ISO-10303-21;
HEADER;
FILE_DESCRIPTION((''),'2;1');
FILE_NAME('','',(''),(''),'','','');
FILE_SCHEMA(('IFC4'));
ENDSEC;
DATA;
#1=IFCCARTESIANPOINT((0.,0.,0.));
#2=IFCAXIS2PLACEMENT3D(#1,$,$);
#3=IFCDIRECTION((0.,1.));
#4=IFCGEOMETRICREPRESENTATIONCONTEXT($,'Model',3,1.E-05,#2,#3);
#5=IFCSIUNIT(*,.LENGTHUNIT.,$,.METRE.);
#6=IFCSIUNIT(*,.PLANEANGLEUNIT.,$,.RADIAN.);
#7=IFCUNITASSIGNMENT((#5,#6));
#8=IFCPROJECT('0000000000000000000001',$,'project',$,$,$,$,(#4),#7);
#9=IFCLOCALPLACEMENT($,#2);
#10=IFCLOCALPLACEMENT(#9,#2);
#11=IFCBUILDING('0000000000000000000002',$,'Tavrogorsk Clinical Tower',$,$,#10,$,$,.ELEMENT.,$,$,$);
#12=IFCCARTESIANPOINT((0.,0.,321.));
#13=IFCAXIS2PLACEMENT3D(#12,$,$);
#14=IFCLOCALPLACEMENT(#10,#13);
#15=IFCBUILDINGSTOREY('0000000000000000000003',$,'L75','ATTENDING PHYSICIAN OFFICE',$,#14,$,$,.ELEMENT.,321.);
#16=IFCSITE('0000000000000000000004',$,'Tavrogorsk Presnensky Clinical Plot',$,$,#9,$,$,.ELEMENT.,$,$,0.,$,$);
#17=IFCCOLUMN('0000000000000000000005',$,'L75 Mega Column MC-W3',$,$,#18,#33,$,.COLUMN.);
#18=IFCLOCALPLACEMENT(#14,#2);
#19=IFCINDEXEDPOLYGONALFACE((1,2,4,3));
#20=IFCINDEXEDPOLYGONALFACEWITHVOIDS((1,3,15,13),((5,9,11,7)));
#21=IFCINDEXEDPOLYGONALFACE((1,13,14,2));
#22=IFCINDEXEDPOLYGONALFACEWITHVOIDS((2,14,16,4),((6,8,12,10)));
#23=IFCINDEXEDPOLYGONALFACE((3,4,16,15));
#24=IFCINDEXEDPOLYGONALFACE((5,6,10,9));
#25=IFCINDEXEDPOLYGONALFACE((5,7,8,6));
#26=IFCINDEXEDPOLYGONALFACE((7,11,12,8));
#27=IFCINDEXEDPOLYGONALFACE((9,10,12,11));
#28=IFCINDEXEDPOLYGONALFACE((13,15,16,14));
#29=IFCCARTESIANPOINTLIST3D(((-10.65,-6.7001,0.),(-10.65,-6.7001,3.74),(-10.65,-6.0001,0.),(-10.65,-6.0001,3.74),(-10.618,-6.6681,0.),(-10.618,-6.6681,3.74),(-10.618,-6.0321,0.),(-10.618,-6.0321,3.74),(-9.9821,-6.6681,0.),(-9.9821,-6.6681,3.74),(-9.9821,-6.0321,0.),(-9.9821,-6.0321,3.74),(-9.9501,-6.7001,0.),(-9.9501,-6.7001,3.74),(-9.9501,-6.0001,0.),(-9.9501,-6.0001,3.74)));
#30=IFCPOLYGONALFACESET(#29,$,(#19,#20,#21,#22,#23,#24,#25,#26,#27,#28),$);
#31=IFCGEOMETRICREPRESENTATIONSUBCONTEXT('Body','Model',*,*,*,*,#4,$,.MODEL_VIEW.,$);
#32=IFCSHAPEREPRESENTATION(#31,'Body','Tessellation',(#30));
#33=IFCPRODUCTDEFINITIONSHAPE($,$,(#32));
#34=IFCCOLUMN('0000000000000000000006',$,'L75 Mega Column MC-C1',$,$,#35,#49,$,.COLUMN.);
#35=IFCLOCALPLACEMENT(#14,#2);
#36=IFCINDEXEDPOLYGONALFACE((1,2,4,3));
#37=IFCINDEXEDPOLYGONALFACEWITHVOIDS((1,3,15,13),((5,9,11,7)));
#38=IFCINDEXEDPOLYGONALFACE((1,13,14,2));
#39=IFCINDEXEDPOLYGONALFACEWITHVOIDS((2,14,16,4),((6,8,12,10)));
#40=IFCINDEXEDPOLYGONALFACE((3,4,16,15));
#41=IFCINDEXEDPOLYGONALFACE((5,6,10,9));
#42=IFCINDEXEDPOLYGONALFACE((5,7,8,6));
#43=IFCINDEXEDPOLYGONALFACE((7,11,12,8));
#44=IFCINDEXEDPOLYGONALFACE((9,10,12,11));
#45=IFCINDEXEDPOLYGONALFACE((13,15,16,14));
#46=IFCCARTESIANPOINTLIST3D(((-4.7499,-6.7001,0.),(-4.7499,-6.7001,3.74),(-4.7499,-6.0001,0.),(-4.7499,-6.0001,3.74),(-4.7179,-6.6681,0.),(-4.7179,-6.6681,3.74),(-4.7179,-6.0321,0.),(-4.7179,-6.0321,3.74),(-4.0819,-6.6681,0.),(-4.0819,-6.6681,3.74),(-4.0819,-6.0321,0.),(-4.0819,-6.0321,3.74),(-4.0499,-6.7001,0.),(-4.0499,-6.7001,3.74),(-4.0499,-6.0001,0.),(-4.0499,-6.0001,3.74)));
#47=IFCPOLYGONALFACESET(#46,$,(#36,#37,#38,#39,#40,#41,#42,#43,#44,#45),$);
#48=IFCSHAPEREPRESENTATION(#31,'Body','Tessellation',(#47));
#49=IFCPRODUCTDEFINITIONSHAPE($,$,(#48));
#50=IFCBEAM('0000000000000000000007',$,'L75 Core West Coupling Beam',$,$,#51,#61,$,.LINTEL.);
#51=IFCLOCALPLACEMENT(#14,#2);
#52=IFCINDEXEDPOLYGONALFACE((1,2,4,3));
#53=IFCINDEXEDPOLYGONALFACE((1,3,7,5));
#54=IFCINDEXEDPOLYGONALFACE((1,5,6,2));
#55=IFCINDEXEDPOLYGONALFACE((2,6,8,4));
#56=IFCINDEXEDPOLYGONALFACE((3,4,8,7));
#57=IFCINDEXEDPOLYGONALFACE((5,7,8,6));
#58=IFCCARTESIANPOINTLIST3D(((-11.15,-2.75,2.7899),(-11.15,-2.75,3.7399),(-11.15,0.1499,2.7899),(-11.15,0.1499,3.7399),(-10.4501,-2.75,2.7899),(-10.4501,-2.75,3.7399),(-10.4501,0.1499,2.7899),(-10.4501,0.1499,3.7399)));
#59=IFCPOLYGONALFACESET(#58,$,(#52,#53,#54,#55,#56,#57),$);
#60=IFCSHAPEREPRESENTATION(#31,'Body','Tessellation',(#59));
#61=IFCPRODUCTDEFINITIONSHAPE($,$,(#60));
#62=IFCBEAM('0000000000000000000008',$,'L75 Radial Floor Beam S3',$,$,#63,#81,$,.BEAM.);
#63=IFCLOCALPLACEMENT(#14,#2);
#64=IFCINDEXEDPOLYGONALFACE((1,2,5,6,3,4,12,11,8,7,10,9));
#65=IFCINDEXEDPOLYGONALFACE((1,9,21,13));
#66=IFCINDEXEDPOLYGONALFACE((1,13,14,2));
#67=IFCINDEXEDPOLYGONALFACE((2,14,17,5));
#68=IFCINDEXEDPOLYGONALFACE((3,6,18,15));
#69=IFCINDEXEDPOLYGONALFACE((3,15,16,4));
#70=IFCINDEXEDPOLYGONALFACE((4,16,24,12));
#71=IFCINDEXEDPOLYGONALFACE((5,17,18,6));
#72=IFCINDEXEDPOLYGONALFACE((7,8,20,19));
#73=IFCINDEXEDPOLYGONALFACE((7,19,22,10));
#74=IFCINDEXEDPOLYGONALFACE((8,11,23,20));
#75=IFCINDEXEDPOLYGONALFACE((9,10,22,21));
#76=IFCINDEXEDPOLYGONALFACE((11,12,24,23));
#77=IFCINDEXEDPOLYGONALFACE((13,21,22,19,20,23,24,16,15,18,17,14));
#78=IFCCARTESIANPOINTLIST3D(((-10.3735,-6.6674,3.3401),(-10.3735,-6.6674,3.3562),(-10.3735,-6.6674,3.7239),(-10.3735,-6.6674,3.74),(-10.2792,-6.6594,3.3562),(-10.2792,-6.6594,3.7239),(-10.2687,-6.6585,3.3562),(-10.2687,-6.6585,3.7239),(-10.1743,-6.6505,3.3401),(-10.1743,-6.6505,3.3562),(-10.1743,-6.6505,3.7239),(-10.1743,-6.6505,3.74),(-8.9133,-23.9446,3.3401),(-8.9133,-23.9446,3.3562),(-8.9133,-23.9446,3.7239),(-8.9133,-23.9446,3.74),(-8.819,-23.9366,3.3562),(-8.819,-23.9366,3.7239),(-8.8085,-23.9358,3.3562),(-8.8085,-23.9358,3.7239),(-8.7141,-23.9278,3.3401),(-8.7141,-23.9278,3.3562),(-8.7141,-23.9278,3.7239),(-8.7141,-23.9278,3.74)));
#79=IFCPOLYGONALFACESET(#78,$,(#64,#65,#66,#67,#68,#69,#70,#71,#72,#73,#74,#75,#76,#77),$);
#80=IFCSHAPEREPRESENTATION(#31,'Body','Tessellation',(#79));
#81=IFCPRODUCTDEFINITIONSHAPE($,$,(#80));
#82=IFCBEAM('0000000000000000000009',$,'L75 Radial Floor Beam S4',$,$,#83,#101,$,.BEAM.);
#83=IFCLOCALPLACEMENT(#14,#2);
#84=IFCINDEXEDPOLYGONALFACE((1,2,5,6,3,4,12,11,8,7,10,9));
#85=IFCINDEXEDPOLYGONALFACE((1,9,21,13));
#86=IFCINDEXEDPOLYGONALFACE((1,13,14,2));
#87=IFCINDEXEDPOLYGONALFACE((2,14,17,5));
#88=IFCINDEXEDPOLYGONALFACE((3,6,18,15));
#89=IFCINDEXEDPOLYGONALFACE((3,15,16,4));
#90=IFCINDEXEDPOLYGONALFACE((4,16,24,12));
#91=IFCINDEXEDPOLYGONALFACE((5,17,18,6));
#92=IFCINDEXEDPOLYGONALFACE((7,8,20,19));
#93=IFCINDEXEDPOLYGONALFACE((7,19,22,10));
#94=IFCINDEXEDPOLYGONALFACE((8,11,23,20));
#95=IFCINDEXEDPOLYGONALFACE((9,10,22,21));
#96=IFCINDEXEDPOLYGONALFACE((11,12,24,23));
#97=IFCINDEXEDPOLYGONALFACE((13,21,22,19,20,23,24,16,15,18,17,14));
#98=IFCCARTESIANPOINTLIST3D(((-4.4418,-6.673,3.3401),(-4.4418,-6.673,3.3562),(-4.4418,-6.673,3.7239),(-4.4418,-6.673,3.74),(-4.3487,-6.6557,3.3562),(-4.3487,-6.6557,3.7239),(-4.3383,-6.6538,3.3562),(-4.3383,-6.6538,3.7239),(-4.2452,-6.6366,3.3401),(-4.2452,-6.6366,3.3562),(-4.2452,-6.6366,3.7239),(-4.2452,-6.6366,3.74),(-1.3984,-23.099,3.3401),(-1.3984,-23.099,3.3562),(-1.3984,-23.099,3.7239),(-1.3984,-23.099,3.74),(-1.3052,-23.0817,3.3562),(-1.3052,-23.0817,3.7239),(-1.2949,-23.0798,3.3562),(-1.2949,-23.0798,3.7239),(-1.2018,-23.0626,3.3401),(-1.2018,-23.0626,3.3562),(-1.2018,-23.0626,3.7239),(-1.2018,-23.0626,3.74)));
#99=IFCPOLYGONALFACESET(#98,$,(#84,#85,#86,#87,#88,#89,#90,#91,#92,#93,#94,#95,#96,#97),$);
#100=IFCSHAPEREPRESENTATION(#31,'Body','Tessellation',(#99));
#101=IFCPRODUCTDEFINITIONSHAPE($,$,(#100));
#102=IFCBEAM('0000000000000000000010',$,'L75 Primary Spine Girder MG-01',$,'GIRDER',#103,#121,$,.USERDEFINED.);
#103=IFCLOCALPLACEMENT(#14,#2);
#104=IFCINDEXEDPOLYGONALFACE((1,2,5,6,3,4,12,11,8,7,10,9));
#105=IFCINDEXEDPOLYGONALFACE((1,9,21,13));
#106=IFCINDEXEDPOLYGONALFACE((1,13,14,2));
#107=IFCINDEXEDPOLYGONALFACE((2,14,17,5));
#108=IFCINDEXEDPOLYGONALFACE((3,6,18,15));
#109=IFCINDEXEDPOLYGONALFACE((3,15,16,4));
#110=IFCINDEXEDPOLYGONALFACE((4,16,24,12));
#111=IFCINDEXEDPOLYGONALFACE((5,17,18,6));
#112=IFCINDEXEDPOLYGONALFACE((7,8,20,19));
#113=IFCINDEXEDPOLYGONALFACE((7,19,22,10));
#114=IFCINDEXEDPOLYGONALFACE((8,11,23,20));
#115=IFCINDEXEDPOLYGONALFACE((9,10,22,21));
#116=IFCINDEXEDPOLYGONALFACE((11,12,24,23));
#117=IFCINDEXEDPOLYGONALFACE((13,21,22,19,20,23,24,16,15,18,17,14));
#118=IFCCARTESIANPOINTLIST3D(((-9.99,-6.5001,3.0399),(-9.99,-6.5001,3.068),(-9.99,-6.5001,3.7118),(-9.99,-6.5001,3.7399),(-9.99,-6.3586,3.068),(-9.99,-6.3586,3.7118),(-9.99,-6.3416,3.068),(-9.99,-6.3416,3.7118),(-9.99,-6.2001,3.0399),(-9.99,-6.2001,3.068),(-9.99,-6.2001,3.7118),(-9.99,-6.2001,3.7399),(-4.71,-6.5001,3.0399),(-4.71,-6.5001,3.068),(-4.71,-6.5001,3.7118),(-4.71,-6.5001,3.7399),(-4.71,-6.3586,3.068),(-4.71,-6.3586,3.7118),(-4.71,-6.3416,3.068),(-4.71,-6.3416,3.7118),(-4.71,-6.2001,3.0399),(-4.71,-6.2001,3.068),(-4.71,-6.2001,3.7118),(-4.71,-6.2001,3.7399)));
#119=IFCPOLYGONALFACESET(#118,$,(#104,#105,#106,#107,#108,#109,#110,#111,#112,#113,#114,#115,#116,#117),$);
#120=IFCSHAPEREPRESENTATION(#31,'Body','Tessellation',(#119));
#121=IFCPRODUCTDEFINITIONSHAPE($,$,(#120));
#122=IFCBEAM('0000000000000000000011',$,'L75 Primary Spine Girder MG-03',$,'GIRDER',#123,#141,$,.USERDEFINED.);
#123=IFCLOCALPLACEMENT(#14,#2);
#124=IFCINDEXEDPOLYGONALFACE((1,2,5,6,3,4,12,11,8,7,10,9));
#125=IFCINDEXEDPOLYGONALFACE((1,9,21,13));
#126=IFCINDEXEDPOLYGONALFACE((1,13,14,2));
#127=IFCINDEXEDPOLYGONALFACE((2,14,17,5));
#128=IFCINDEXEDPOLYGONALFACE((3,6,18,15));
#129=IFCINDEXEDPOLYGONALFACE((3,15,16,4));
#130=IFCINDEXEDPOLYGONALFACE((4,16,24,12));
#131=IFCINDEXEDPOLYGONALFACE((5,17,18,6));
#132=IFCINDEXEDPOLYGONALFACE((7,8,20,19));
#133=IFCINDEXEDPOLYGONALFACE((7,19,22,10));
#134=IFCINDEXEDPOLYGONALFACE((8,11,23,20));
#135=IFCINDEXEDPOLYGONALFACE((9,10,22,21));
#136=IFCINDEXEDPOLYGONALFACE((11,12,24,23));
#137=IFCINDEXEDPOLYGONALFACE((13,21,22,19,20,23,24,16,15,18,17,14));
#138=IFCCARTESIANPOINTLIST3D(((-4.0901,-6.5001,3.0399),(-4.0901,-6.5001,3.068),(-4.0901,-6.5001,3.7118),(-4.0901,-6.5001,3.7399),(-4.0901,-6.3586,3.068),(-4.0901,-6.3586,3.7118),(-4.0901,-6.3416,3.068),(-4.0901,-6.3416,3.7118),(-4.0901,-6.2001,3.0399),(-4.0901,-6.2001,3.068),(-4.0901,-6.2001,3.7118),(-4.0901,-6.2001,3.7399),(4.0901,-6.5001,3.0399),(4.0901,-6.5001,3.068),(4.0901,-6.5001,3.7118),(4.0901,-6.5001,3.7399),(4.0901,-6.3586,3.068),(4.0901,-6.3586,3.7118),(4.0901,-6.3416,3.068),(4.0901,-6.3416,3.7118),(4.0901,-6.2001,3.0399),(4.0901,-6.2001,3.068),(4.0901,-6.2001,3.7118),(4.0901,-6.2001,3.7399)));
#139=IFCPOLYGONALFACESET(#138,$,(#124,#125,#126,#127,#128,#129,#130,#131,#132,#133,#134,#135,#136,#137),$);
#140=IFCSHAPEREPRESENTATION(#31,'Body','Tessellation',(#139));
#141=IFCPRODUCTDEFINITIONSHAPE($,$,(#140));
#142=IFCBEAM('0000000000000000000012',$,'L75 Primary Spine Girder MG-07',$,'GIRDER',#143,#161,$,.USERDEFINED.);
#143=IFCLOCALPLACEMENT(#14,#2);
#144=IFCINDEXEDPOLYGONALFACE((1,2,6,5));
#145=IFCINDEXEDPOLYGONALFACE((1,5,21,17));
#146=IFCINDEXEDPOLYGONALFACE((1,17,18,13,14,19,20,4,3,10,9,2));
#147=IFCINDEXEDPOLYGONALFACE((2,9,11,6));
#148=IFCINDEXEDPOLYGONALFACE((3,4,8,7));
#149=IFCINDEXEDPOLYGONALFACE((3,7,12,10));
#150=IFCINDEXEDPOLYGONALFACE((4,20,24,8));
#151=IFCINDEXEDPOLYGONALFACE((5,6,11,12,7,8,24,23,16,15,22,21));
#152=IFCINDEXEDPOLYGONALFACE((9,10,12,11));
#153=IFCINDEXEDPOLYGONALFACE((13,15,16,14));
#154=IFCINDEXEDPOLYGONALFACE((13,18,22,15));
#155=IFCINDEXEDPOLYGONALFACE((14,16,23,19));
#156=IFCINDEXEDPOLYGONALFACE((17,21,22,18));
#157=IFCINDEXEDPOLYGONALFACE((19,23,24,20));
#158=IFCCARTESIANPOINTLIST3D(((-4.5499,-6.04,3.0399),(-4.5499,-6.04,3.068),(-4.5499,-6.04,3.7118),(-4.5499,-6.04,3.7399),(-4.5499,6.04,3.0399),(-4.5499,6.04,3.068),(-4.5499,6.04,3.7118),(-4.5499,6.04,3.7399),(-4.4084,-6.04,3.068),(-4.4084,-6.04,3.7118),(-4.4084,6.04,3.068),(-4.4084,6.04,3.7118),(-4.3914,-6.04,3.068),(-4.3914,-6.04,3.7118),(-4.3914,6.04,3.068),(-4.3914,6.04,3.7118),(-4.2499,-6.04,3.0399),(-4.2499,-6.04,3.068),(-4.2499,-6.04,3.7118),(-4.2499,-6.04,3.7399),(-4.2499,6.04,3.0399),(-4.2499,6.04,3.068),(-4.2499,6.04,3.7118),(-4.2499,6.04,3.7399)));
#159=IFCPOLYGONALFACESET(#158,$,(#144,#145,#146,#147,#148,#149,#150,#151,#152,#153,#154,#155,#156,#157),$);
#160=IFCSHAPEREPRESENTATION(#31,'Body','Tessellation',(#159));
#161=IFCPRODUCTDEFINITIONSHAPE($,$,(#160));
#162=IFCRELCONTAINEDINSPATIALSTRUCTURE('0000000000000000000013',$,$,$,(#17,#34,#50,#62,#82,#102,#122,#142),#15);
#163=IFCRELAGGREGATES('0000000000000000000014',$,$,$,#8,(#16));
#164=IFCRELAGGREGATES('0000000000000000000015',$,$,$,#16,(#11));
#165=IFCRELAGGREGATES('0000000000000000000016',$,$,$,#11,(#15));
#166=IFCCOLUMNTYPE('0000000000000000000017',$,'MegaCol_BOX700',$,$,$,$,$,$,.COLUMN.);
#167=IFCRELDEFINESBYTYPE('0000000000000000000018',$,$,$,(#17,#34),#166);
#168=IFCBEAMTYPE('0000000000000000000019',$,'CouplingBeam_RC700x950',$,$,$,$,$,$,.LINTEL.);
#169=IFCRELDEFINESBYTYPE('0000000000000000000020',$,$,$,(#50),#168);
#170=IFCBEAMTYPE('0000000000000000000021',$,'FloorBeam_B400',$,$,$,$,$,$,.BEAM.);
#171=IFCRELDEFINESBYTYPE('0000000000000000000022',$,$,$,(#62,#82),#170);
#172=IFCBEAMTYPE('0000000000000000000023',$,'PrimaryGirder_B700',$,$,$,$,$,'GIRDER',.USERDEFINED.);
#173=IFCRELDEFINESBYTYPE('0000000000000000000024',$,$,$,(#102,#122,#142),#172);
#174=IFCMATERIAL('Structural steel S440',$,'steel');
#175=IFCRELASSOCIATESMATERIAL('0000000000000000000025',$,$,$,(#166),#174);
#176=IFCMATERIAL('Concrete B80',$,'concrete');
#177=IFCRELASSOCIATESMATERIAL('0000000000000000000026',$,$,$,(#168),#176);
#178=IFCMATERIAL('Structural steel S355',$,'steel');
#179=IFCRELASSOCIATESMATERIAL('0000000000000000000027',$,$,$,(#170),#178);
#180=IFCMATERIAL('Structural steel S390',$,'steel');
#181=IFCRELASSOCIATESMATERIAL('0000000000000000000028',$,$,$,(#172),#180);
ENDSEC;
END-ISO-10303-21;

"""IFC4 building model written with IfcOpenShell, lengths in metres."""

from ifc_helpers import new_model, si_unit, direction, frame, origin, origin_2d, place, context, subcontext, project, spatial, rectangle, hollow_rectangle, i_section, extrude, material, material_profile, profile_set, type_object, element, save


model = new_model("IFC4")

# Units and contexts
model_context = context("Model", 3, precision=1e-05, world=origin(), true_north=direction((0.0, 1.0)))
body_context = subcontext(model_context, "Body", "Model", "MODEL_VIEW")
ifc_project = project(units=[si_unit("LENGTHUNIT", "METRE"), si_unit("PLANEANGLEUNIT", "RADIAN")], contexts=[model_context])

# Site, building, storey
site_placement = place(None, origin())
site = spatial("IfcSite", under=ifc_project, at=site_placement, Name="Tavrogorsk Presnensky Clinical Plot", CompositionType="ELEMENT", RefElevation=0.0)
building_placement = place(site_placement, origin())
building = spatial("IfcBuilding", under=site, at=building_placement, Name="Tavrogorsk Clinical Tower", CompositionType="ELEMENT")
storey_placement = place(building_placement, frame((0.0, 0.0, 321.0)))
storey = spatial("IfcBuildingStorey", under=building, at=storey_placement, Name="L75", Description="ATTENDING PHYSICIAN OFFICE", CompositionType="ELEMENT", Elevation=321.0)

# Columns
ifc_material_1 = material(Name="Structural steel S440", Category="steel")
ifc_material_profile_1 = material_profile(ifc_material_1, hollow_rectangle(XDim=0.7, YDim=0.7, WallThickness=0.032, at=origin_2d()), Name="BOX-700x700x32")
ifc_profile_set_1 = profile_set([ifc_material_profile_1], Name="Structural steel S440")
column_type = type_object("IfcColumnType", Name="MegaCol_BOX700", PredefinedType="COLUMN", material=ifc_profile_set_1)
for number, where, z_axis, x_axis, name in (
    (1, (-10.3, -6.3501, 0.0), (0.0, 0.0, 1.0), (1.0, 0.0, 0.0), "L75 Mega Column MC-W3"),
    (2, (-4.3999, -6.3501, 0.0), (0.0, 0.0, 1.0), (1.0, 0.0, 0.0), "L75 Mega Column MC-C1"),
):
    element("IfcColumn", number, at=place(storey_placement, frame(where, z_axis=z_axis, x_axis=x_axis)), inside=storey, type_object=column_type, Name=name, PredefinedType="COLUMN", context=body_context, shape_type="SweptSolid", body=[
        extrude(hollow_rectangle(XDim=0.7, YDim=0.7, WallThickness=0.032, at=origin_2d()), origin(), (0.0, 0.0, 1.0), 3.74),
    ])

# Beams
ifc_material_2 = material(Name="Concrete B80", Category="concrete")
ifc_material_profile_2 = material_profile(ifc_material_2, rectangle(XDim=0.7, YDim=0.95, at=origin_2d()), Name="RC-CB-700x950")
ifc_profile_set_2 = profile_set([ifc_material_profile_2], Name="Concrete B80")
beam_type_1 = type_object("IfcBeamType", Name="CouplingBeam_RC700x950", PredefinedType="LINTEL", material=ifc_profile_set_2)
beam_1_placement = place(storey_placement, frame((-10.8, -2.75, 3.2649), z_axis=(0.0, 1.0, 0.0), x_axis=(-1.0, 0.0, 0.0)))
element("IfcBeam", 3, at=beam_1_placement, inside=storey, type_object=beam_type_1, Name="L75 Core West Coupling Beam", PredefinedType="LINTEL", context=body_context, shape_type="SweptSolid", body=[
    extrude(rectangle(XDim=0.7, YDim=0.95, at=origin_2d()), origin(), (0.0, 0.0, 1.0), 2.8999),
])
ifc_material_3 = material(Name="Structural steel S355", Category="steel")
ifc_material_profile_3 = material_profile(ifc_material_3, i_section(OverallWidth=0.2, OverallDepth=0.3999, WebThickness=0.0105, FlangeThickness=0.0161, at=origin_2d()), Name="B-400x200x10.5x16")
ifc_profile_set_3 = profile_set([ifc_material_profile_3], Name="Structural steel S355")
beam_type_2 = type_object("IfcBeamType", Name="FloorBeam_B400", PredefinedType="BEAM", material=ifc_profile_set_3)
beam_2_placement = place(storey_placement, frame((-10.2739, -6.6589, 3.54), z_axis=(0.084215, -0.996448, 0.0), x_axis=(0.996448, 0.084215, 0.0)))
element("IfcBeam", 4, at=beam_2_placement, inside=storey, type_object=beam_type_2, Name="L75 Radial Floor Beam S3", PredefinedType="BEAM", context=body_context, shape_type="SweptSolid", body=[
    extrude(i_section(OverallWidth=0.2, OverallDepth=0.3999, WebThickness=0.0105, FlangeThickness=0.0161, at=origin_2d()), origin(), (0.0, 0.0, 1.0), 17.3389),
])
beam_3_placement = place(storey_placement, frame((-4.3435, -6.6548, 3.54), z_axis=(0.182182, -0.983265, 0.0), x_axis=(0.983265, 0.182182, 0.0)))
element("IfcBeam", 5, at=beam_3_placement, inside=storey, type_object=beam_type_2, Name="L75 Radial Floor Beam S4", PredefinedType="BEAM", context=body_context, shape_type="SweptSolid", body=[
    extrude(i_section(OverallWidth=0.2, OverallDepth=0.3999, WebThickness=0.0105, FlangeThickness=0.0161, at=origin_2d()), origin(), (0.0, 0.0, 1.0), 16.7056),
])
ifc_material_4 = material(Name="Structural steel S390", Category="steel")
ifc_material_profile_4 = material_profile(ifc_material_4, i_section(OverallWidth=0.3, OverallDepth=0.7, WebThickness=0.0171, FlangeThickness=0.0281, at=origin_2d()), Name="B-700x300x17x28")
ifc_profile_set_4 = profile_set([ifc_material_profile_4], Name="Structural steel S390")
beam_type_3 = type_object("IfcBeamType", Name="PrimaryGirder_B700", ElementType="GIRDER", PredefinedType="USERDEFINED", material=ifc_profile_set_4)
beam_4_placement = place(storey_placement, frame((-9.99, -6.3501, 3.3899), z_axis=(1.0, 0.0, 0.0), x_axis=(0.0, 1.0, 0.0)))
element("IfcBeam", 6, at=beam_4_placement, inside=storey, type_object=beam_type_3, Name="L75 Primary Spine Girder MG-01", ObjectType="GIRDER", PredefinedType="USERDEFINED", context=body_context, shape_type="SweptSolid", body=[
    extrude(i_section(OverallWidth=0.3, OverallDepth=0.7, WebThickness=0.0171, FlangeThickness=0.0281, at=origin_2d()), origin(), (0.0, 0.0, 1.0), 5.28),
])
beam_5_placement = place(storey_placement, frame((-4.0901, -6.3501, 3.3899), z_axis=(1.0, 0.0, 0.0), x_axis=(0.0, 1.0, 0.0)))
element("IfcBeam", 7, at=beam_5_placement, inside=storey, type_object=beam_type_3, Name="L75 Primary Spine Girder MG-03", ObjectType="GIRDER", PredefinedType="USERDEFINED", context=body_context, shape_type="SweptSolid", body=[
    extrude(i_section(OverallWidth=0.3, OverallDepth=0.7, WebThickness=0.0171, FlangeThickness=0.0281, at=origin_2d()), origin(), (0.0, 0.0, 1.0), 8.1802),
])
beam_6_placement = place(storey_placement, frame((-4.3999, -6.04, 3.3899), z_axis=(0.0, 1.0, 0.0), x_axis=(-1.0, 0.0, 0.0)))
element("IfcBeam", 8, at=beam_6_placement, inside=storey, type_object=beam_type_3, Name="L75 Primary Spine Girder MG-07", ObjectType="GIRDER", PredefinedType="USERDEFINED", context=body_context, shape_type="SweptSolid", body=[
    extrude(i_section(OverallWidth=0.3, OverallDepth=0.7, WebThickness=0.0171, FlangeThickness=0.0281, at=origin_2d()), origin(), (0.0, 0.0, 1.0), 12.0801),
])

save(model, "model.ifc")
